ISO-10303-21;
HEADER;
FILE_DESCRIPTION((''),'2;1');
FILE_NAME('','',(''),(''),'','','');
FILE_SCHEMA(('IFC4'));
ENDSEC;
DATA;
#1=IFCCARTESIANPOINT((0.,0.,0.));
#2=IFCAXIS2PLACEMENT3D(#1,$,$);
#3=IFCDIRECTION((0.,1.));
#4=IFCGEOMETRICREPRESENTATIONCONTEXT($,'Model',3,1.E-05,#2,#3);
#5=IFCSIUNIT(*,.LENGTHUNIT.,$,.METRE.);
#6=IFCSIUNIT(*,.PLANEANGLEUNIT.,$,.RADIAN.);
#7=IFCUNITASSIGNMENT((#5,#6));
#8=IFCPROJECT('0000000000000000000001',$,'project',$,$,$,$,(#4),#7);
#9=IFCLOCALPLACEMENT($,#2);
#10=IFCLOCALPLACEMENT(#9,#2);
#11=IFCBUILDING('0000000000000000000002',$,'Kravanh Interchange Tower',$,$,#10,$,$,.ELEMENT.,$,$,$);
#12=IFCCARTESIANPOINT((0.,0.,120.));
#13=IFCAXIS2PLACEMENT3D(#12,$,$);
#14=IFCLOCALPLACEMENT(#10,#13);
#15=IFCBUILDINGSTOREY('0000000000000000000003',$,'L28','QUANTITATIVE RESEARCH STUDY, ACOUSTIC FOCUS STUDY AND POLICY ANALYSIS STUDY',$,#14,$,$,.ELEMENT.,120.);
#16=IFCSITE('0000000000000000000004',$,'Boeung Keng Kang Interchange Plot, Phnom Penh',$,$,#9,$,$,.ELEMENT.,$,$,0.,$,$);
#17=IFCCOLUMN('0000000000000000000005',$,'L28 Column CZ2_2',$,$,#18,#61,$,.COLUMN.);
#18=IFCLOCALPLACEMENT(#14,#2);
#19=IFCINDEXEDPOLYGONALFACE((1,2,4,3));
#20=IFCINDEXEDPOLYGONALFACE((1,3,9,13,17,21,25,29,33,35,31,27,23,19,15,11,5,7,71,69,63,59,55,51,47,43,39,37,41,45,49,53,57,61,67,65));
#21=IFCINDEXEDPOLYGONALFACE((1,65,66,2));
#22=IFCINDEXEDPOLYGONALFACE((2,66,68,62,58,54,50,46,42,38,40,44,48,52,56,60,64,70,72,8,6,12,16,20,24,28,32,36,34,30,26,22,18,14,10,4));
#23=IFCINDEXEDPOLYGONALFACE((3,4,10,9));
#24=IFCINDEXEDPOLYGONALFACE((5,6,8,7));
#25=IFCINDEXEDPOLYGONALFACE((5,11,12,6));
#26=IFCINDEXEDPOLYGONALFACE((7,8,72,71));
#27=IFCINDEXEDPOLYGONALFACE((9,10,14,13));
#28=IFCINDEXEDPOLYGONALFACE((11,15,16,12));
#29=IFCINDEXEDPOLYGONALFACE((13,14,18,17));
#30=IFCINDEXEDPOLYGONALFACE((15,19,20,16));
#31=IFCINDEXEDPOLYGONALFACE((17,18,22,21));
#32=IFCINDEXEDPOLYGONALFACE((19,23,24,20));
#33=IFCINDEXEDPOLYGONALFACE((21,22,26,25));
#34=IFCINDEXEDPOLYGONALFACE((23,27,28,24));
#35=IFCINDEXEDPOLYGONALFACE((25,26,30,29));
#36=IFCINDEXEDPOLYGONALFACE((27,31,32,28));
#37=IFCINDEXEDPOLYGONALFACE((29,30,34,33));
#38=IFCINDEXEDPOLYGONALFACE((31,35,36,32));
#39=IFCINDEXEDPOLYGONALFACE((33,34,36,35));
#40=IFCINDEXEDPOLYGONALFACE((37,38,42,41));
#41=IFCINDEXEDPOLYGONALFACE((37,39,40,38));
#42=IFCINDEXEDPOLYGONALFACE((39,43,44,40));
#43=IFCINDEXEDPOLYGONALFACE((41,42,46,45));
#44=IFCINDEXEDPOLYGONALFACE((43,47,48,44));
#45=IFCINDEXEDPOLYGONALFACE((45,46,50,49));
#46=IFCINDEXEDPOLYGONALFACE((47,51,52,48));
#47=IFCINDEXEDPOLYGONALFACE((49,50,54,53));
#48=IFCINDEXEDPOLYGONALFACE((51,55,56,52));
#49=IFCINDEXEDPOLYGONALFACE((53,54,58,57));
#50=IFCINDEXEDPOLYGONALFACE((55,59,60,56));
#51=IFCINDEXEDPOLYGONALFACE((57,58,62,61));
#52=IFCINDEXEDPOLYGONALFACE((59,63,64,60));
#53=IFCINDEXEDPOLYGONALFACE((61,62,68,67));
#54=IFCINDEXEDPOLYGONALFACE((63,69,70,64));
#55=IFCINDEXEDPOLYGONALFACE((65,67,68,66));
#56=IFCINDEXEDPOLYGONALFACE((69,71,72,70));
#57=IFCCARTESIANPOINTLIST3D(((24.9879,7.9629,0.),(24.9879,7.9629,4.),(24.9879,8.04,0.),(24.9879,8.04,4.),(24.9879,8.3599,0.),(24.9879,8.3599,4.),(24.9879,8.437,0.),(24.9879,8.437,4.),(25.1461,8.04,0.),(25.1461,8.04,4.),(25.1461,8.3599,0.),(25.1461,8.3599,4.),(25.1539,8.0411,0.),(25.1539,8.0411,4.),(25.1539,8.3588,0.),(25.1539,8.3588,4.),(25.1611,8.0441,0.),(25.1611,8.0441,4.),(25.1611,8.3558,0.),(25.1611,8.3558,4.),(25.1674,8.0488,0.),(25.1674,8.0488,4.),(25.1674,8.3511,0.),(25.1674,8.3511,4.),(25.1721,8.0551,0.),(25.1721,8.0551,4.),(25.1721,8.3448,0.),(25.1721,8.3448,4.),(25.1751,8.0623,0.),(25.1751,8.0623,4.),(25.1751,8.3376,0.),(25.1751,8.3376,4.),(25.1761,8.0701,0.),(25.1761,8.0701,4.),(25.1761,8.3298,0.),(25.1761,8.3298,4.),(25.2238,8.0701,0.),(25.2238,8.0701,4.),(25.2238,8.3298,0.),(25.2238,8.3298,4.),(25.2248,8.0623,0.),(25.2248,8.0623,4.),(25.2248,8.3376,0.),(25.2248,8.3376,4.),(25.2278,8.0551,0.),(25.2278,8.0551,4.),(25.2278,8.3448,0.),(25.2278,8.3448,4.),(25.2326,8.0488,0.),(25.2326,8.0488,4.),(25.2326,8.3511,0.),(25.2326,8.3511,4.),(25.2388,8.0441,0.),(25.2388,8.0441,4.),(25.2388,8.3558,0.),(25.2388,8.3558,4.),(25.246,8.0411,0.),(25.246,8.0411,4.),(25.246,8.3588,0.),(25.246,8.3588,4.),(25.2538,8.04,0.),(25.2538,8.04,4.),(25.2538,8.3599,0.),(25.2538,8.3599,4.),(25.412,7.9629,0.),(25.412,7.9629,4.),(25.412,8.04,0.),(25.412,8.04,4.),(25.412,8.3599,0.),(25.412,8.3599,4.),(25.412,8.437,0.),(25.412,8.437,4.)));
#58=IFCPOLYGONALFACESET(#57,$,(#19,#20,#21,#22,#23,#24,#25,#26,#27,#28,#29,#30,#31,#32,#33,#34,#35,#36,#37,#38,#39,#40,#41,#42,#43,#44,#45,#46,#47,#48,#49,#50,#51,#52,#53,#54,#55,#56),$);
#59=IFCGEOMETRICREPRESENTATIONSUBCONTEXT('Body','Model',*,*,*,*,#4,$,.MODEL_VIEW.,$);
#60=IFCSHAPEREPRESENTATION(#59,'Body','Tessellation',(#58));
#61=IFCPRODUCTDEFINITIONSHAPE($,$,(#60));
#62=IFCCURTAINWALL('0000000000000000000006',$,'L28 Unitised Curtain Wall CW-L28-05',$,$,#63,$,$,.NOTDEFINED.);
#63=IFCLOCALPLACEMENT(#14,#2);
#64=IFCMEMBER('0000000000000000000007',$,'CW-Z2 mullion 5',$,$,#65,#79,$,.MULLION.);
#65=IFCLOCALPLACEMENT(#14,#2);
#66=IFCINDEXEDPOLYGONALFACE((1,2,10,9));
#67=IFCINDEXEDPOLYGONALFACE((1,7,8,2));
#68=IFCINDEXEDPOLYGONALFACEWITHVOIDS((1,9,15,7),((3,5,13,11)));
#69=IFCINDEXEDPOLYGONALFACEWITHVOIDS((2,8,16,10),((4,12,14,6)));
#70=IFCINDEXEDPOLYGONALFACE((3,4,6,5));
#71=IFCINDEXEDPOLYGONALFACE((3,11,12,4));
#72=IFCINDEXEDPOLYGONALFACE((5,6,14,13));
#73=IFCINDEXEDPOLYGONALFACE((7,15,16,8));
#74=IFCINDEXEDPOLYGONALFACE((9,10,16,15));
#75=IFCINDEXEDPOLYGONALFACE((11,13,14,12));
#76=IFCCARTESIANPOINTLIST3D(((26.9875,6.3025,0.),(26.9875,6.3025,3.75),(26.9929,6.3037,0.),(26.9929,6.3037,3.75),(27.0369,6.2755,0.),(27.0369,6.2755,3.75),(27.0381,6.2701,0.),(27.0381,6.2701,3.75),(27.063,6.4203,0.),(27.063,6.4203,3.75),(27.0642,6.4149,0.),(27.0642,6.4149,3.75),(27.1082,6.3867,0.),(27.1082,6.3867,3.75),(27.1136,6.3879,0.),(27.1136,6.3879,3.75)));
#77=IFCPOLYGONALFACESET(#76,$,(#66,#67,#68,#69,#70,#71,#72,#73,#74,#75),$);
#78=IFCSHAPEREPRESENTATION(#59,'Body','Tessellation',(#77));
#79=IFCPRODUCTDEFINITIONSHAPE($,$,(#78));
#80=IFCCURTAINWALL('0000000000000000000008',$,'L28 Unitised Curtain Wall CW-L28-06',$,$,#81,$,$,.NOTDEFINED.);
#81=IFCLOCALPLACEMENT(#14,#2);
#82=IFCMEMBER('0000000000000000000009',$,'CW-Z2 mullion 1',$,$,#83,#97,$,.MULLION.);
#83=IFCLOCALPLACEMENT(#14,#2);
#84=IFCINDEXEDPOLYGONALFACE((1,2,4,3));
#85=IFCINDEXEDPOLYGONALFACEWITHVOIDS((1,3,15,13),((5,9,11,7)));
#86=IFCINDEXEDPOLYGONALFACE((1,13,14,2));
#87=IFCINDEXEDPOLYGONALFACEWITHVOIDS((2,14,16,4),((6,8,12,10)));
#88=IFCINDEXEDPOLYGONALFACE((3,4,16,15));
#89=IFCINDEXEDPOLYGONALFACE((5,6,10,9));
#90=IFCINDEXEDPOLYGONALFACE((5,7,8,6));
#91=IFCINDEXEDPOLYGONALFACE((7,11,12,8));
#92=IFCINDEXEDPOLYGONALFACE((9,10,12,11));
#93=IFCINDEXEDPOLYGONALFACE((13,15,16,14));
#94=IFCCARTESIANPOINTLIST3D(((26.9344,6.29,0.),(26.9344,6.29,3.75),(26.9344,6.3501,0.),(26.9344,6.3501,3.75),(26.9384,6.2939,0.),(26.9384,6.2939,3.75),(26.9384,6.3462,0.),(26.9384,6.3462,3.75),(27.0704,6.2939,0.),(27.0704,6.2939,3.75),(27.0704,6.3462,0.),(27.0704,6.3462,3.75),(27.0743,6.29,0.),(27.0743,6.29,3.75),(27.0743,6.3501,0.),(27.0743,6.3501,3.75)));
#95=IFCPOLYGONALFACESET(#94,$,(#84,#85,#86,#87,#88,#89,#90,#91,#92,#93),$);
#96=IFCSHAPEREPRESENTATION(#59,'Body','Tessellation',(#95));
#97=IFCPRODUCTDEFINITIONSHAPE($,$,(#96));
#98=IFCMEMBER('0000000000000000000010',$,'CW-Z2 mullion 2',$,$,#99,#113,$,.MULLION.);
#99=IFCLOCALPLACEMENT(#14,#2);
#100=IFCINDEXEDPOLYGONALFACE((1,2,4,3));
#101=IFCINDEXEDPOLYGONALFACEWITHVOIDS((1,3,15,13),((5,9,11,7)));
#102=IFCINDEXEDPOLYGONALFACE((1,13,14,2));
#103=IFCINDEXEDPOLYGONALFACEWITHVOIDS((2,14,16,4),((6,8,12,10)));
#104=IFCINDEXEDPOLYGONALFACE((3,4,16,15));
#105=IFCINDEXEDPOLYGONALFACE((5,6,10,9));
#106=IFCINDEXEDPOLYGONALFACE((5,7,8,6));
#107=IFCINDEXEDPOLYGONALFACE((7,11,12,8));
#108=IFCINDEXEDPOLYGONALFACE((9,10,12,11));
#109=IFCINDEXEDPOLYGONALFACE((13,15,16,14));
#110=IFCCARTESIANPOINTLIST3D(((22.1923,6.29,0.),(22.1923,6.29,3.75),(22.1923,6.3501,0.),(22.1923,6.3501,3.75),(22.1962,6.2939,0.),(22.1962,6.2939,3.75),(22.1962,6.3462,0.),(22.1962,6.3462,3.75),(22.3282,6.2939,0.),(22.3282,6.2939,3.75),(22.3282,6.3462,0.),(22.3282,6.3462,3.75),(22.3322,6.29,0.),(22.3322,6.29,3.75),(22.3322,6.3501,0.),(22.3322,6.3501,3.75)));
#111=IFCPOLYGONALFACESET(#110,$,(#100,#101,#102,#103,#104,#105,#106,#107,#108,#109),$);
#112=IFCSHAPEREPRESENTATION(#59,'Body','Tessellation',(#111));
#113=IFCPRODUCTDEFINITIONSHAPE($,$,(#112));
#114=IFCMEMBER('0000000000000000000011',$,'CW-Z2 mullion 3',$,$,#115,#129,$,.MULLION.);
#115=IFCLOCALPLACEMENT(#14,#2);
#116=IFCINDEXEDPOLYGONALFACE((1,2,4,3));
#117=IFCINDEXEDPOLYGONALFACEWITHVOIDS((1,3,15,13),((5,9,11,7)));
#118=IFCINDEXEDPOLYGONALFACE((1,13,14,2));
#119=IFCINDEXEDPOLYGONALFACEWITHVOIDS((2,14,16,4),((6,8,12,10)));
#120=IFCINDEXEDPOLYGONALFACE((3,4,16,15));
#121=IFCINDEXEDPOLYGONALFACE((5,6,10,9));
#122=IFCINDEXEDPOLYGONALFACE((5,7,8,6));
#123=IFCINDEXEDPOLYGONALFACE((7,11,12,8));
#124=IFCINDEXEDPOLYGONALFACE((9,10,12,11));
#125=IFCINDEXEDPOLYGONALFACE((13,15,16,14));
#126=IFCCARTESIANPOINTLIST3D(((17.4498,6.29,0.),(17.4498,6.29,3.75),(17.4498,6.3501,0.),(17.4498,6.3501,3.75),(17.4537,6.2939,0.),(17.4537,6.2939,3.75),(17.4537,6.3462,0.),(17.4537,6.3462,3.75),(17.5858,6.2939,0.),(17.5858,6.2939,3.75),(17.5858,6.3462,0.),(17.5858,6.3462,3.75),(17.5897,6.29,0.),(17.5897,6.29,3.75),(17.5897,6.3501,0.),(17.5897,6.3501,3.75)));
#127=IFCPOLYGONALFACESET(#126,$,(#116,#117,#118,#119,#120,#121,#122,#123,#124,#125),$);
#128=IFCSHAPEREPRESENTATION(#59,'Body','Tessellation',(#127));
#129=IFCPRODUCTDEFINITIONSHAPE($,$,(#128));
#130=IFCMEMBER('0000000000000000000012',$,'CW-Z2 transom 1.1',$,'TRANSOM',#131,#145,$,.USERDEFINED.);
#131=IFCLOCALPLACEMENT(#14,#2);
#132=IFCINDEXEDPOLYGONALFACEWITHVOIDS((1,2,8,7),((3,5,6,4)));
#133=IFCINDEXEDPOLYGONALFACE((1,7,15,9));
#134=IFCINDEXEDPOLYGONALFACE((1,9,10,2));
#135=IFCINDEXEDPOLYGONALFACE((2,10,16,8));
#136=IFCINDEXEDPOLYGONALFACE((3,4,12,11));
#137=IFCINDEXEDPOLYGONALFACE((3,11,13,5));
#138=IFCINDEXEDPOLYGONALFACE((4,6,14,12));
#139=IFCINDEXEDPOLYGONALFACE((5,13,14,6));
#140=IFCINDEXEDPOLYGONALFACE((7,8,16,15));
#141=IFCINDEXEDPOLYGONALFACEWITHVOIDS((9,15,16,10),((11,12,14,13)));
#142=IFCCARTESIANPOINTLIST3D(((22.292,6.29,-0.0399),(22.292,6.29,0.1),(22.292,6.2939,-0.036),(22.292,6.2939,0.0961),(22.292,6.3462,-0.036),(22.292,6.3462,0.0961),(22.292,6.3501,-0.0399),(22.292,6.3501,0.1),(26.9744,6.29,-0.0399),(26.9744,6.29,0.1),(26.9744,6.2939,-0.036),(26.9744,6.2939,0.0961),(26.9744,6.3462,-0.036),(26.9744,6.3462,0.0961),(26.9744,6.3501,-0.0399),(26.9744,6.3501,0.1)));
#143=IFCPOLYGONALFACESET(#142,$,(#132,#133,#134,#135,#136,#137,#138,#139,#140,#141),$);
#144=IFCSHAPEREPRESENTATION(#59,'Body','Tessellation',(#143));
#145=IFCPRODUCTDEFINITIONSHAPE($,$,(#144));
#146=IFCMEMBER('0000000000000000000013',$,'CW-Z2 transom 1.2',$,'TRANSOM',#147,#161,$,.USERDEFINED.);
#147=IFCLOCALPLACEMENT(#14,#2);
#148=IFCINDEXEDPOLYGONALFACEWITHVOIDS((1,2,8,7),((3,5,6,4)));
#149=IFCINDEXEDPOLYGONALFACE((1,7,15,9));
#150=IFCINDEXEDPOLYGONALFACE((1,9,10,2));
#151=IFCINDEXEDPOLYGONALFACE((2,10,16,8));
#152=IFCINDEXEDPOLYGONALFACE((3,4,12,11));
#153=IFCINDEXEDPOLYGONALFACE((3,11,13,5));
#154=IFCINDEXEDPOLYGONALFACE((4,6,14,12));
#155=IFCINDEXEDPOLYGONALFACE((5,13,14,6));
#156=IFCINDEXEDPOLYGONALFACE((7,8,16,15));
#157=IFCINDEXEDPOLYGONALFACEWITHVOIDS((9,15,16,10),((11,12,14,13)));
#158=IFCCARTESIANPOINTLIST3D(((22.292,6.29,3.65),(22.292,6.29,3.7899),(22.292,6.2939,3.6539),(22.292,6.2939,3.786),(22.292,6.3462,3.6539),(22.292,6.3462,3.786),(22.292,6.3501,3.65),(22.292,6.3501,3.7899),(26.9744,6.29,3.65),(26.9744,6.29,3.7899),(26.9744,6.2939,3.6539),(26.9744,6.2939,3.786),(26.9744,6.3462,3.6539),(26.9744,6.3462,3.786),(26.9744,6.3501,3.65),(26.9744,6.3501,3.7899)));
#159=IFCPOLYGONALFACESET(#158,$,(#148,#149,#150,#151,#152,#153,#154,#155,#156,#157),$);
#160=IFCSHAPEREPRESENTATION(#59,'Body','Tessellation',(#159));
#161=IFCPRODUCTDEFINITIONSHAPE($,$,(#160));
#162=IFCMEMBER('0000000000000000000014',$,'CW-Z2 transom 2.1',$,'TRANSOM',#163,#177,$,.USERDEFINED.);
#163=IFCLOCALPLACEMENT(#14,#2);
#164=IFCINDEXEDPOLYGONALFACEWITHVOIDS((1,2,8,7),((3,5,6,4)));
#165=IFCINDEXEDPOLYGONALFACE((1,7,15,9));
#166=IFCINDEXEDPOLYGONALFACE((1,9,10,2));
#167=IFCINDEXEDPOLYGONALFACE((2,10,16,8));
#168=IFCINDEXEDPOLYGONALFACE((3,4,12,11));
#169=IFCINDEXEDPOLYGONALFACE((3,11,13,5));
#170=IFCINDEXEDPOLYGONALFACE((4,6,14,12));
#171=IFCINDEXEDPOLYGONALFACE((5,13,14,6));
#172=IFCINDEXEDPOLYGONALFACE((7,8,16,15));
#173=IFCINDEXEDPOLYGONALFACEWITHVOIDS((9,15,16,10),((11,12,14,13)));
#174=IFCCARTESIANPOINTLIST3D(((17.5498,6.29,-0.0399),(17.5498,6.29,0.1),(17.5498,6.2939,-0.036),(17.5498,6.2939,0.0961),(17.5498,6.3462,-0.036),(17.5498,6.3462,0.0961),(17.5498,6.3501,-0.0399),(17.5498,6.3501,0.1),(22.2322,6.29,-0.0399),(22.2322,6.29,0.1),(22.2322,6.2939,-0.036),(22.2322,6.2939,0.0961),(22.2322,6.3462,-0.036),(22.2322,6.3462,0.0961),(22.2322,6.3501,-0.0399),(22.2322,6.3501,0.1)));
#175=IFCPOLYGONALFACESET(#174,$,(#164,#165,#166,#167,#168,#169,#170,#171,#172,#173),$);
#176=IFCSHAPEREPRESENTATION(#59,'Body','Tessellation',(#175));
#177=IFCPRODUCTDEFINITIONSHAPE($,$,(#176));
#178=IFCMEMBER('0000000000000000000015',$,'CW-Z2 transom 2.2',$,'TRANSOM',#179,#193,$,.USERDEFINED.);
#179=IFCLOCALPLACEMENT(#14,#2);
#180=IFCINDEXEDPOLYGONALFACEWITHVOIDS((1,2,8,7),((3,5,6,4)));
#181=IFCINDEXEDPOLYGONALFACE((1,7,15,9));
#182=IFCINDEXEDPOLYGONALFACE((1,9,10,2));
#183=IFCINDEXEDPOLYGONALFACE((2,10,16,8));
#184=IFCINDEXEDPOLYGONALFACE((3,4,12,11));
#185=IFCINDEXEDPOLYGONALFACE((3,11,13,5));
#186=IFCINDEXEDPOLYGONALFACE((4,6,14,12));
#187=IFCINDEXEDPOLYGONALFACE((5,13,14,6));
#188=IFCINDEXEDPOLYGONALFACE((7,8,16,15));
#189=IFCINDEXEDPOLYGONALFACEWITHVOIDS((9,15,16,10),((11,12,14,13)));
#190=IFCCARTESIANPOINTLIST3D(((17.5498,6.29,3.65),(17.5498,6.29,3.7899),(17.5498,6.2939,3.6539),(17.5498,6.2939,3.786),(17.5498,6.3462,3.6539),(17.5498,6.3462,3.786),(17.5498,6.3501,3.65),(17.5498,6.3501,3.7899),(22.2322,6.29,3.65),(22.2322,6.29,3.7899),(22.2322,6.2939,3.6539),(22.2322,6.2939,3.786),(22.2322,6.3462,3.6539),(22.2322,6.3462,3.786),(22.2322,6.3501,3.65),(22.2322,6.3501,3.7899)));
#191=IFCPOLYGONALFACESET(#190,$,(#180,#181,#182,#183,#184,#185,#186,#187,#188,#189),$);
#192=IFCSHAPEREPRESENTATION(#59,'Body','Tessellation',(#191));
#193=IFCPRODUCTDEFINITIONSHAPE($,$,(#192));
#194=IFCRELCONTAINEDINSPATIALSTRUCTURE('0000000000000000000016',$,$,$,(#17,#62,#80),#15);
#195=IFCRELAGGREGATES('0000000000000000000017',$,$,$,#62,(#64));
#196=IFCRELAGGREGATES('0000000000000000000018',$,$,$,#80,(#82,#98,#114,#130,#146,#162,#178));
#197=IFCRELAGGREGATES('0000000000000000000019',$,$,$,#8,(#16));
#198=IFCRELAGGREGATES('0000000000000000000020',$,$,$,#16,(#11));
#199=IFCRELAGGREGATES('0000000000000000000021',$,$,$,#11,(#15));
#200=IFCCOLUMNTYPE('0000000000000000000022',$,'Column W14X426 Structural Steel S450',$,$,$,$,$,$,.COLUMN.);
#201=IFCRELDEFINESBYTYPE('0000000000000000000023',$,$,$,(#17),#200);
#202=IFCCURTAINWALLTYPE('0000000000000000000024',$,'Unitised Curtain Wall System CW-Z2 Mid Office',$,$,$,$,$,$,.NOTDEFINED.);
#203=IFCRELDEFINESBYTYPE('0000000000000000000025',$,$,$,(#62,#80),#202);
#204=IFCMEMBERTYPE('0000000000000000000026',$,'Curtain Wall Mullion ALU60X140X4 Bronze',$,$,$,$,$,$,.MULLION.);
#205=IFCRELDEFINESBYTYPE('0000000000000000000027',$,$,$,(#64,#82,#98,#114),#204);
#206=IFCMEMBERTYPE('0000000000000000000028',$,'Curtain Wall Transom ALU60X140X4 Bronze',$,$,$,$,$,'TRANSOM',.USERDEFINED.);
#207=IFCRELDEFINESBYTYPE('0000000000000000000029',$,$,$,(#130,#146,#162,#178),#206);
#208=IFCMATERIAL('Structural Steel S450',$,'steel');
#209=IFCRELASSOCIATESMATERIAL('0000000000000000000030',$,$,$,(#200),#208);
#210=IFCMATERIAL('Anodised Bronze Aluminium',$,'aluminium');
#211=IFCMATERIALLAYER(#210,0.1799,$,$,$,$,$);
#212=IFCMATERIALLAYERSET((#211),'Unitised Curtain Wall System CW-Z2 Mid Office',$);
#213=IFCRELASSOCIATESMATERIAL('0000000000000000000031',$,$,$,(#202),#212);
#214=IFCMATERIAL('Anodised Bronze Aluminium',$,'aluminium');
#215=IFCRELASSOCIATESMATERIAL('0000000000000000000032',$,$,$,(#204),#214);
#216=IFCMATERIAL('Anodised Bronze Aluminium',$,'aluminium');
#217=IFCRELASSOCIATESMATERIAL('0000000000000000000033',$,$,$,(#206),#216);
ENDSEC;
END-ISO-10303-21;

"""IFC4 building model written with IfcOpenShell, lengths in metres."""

from ifc_helpers import new_model, si_unit, direction, frame, origin, origin_2d, place, context, subcontext, project, spatial, hollow_rectangle, i_section, extrude, material, layer, layer_set, material_profile, profile_set, type_object, element, aggregate, save


model = new_model("IFC4")

# Units and contexts
model_context = context("Model", 3, precision=1e-05, world=origin(), true_north=direction((0.0, 1.0)))
body_context = subcontext(model_context, "Body", "Model", "MODEL_VIEW")
ifc_project = project(units=[si_unit("LENGTHUNIT", "METRE"), si_unit("PLANEANGLEUNIT", "RADIAN")], contexts=[model_context])

# Site, building, storey
site_placement = place(None, origin())
site = spatial("IfcSite", under=ifc_project, at=site_placement, Name="Boeung Keng Kang Interchange Plot, Phnom Penh", CompositionType="ELEMENT", RefElevation=0.0)
building_placement = place(site_placement, origin())
building = spatial("IfcBuilding", under=site, at=building_placement, Name="Kravanh Interchange Tower", CompositionType="ELEMENT")
storey_placement = place(building_placement, frame((0.0, 0.0, 120.0)))
storey = spatial("IfcBuildingStorey", under=building, at=storey_placement, Name="L28", Description="QUANTITATIVE RESEARCH STUDY, ACOUSTIC FOCUS STUDY AND POLICY ANALYSIS STUDY", CompositionType="ELEMENT", Elevation=120.0)

# Column
ifc_material_1 = material(Name="Structural Steel S450", Category="steel")
ifc_material_profile_1 = material_profile(ifc_material_1, i_section(OverallWidth=0.4241, OverallDepth=0.4741, WebThickness=0.0476, FlangeThickness=0.0771, FilletRadius=0.03, at=origin_2d()), Name="W14X426")
ifc_profile_set_1 = profile_set([ifc_material_profile_1], Name="Structural Steel S450")
column_type = type_object("IfcColumnType", Name="Column W14X426 Structural Steel S450", PredefinedType="COLUMN", material=ifc_profile_set_1)
column_placement = place(storey_placement, frame((25.2, 8.2, 0.0), z_axis=(0.0, 0.0, 1.0), x_axis=(1.0, 0.0, 0.0)))
element("IfcColumn", 1, at=column_placement, inside=storey, type_object=column_type, Name="L28 Column CZ2_2", PredefinedType="COLUMN", context=body_context, shape_type="SweptSolid", body=[
    extrude(i_section(OverallWidth=0.4241, OverallDepth=0.4741, WebThickness=0.0476, FlangeThickness=0.0771, FilletRadius=0.03, at=origin_2d()), origin(), (0.0, 0.0, 1.0), 4.0),
])

# Curtain wall, member
ifc_material_2 = material(Name="Anodised Bronze Aluminium", Category="aluminium")
ifc_layer_1 = layer(ifc_material_2, 0.1799)
ifc_layer_set_1 = layer_set([ifc_layer_1], Name="Unitised Curtain Wall System CW-Z2 Mid Office")
curtain_wall_type = type_object("IfcCurtainWallType", Name="Unitised Curtain Wall System CW-Z2 Mid Office", PredefinedType="NOTDEFINED", material=ifc_layer_set_1)
curtain_wall_1_placement = place(storey_placement, origin())
curtain_wall_1 = element("IfcCurtainWall", 2, at=curtain_wall_1_placement, inside=storey, type_object=curtain_wall_type, Name="L28 Unitised Curtain Wall CW-L28-05", PredefinedType="NOTDEFINED")
ifc_material_3 = material(Name="Anodised Bronze Aluminium", Category="aluminium")
ifc_material_profile_2 = material_profile(ifc_material_3, hollow_rectangle(XDim=0.0601, YDim=0.1399, WallThickness=0.0039, at=origin_2d()), Name="ALU60X140X4")
ifc_profile_set_2 = profile_set([ifc_material_profile_2], Name="Anodised Bronze Aluminium")
member_type_1 = type_object("IfcMemberType", Name="Curtain Wall Mullion ALU60X140X4 Bronze", PredefinedType="MULLION", material=ifc_profile_set_2)
member_1_placement = place(storey_placement, frame((27.0505, 6.3452, 0.0), z_axis=(0.0, 0.0, 1.0), x_axis=(0.84188, -0.539665, 0.0)))
member_1 = element("IfcMember", 3, at=member_1_placement, type_object=member_type_1, Name="CW-Z2 mullion 5", PredefinedType="MULLION", context=body_context, shape_type="SweptSolid", body=[
    extrude(hollow_rectangle(XDim=0.0601, YDim=0.1399, WallThickness=0.0039, at=origin_2d()), origin(), (0.0, 0.0, 1.0), 3.75),
])

# Curtain wall, members
curtain_wall_2_placement = place(storey_placement, origin())
curtain_wall_2 = element("IfcCurtainWall", 4, at=curtain_wall_2_placement, inside=storey, type_object=curtain_wall_type, Name="L28 Unitised Curtain Wall CW-L28-06", PredefinedType="NOTDEFINED")
member_2_placement = place(storey_placement, frame((27.0044, 6.3201, 0.0), z_axis=(0.0, 0.0, 1.0), x_axis=(0.0, -1.0, 0.0)))
member_2 = element("IfcMember", 5, at=member_2_placement, type_object=member_type_1, Name="CW-Z2 mullion 1", PredefinedType="MULLION", context=body_context, shape_type="SweptSolid", body=[
    extrude(hollow_rectangle(XDim=0.0601, YDim=0.1399, WallThickness=0.0039, at=origin_2d()), origin(), (0.0, 0.0, 1.0), 3.75),
])
member_3_placement = place(storey_placement, frame((22.2622, 6.3201, 0.0), z_axis=(0.0, 0.0, 1.0), x_axis=(0.0, -1.0, 0.0)))
member_3 = element("IfcMember", 6, at=member_3_placement, type_object=member_type_1, Name="CW-Z2 mullion 2", PredefinedType="MULLION", context=body_context, shape_type="SweptSolid", body=[
    extrude(hollow_rectangle(XDim=0.0601, YDim=0.1399, WallThickness=0.0039, at=origin_2d()), origin(), (0.0, 0.0, 1.0), 3.75),
])
member_4_placement = place(storey_placement, frame((17.5198, 6.3201, 0.0), z_axis=(0.0, 0.0, 1.0), x_axis=(0.0, -1.0, 0.0)))
member_4 = element("IfcMember", 7, at=member_4_placement, type_object=member_type_1, Name="CW-Z2 mullion 3", PredefinedType="MULLION", context=body_context, shape_type="SweptSolid", body=[
    extrude(hollow_rectangle(XDim=0.0601, YDim=0.1399, WallThickness=0.0039, at=origin_2d()), origin(), (0.0, 0.0, 1.0), 3.75),
])
ifc_material_4 = material(Name="Anodised Bronze Aluminium", Category="aluminium")
ifc_material_profile_3 = material_profile(ifc_material_4, hollow_rectangle(XDim=0.0601, YDim=0.1399, WallThickness=0.0039, at=origin_2d()), Name="ALU60X140X4")
ifc_profile_set_3 = profile_set([ifc_material_profile_3], Name="Anodised Bronze Aluminium")
member_type_2 = type_object("IfcMemberType", Name="Curtain Wall Transom ALU60X140X4 Bronze", ElementType="TRANSOM", PredefinedType="USERDEFINED", material=ifc_profile_set_3)
member_5_placement = place(storey_placement, frame((26.9744, 6.3201, 0.03), z_axis=(-1.0, 0.0, 0.0), x_axis=(0.0, -1.0, 0.0)))
member_5 = element("IfcMember", 8, at=member_5_placement, type_object=member_type_2, Name="CW-Z2 transom 1.1", ObjectType="TRANSOM", PredefinedType="USERDEFINED", context=body_context, shape_type="SweptSolid", body=[
    extrude(hollow_rectangle(XDim=0.0601, YDim=0.1399, WallThickness=0.0039, at=origin_2d()), origin(), (0.0, 0.0, 1.0), 4.6824),
])
member_6_placement = place(storey_placement, frame((26.9744, 6.3201, 3.72), z_axis=(-1.0, 0.0, 0.0), x_axis=(0.0, -1.0, 0.0)))
member_6 = element("IfcMember", 9, at=member_6_placement, type_object=member_type_2, Name="CW-Z2 transom 1.2", ObjectType="TRANSOM", PredefinedType="USERDEFINED", context=body_context, shape_type="SweptSolid", body=[
    extrude(hollow_rectangle(XDim=0.0601, YDim=0.1399, WallThickness=0.0039, at=origin_2d()), origin(), (0.0, 0.0, 1.0), 4.6824),
])
member_7_placement = place(storey_placement, frame((22.2322, 6.3201, 0.03), z_axis=(-1.0, 0.0, 0.0), x_axis=(0.0, -1.0, 0.0)))
member_7 = element("IfcMember", 10, at=member_7_placement, type_object=member_type_2, Name="CW-Z2 transom 2.1", ObjectType="TRANSOM", PredefinedType="USERDEFINED", context=body_context, shape_type="SweptSolid", body=[
    extrude(hollow_rectangle(XDim=0.0601, YDim=0.1399, WallThickness=0.0039, at=origin_2d()), origin(), (0.0, 0.0, 1.0), 4.6824),
])
member_8_placement = place(storey_placement, frame((22.2322, 6.3201, 3.72), z_axis=(-1.0, 0.0, 0.0), x_axis=(0.0, -1.0, 0.0)))
member_8 = element("IfcMember", 11, at=member_8_placement, type_object=member_type_2, Name="CW-Z2 transom 2.2", ObjectType="TRANSOM", PredefinedType="USERDEFINED", context=body_context, shape_type="SweptSolid", body=[
    extrude(hollow_rectangle(XDim=0.0601, YDim=0.1399, WallThickness=0.0039, at=origin_2d()), origin(), (0.0, 0.0, 1.0), 4.6824),
])

aggregate(curtain_wall_1, [member_1])
aggregate(curtain_wall_2, [member_2, member_3, member_4, member_5, member_6, member_7, member_8])

save(model, "model.ifc")
